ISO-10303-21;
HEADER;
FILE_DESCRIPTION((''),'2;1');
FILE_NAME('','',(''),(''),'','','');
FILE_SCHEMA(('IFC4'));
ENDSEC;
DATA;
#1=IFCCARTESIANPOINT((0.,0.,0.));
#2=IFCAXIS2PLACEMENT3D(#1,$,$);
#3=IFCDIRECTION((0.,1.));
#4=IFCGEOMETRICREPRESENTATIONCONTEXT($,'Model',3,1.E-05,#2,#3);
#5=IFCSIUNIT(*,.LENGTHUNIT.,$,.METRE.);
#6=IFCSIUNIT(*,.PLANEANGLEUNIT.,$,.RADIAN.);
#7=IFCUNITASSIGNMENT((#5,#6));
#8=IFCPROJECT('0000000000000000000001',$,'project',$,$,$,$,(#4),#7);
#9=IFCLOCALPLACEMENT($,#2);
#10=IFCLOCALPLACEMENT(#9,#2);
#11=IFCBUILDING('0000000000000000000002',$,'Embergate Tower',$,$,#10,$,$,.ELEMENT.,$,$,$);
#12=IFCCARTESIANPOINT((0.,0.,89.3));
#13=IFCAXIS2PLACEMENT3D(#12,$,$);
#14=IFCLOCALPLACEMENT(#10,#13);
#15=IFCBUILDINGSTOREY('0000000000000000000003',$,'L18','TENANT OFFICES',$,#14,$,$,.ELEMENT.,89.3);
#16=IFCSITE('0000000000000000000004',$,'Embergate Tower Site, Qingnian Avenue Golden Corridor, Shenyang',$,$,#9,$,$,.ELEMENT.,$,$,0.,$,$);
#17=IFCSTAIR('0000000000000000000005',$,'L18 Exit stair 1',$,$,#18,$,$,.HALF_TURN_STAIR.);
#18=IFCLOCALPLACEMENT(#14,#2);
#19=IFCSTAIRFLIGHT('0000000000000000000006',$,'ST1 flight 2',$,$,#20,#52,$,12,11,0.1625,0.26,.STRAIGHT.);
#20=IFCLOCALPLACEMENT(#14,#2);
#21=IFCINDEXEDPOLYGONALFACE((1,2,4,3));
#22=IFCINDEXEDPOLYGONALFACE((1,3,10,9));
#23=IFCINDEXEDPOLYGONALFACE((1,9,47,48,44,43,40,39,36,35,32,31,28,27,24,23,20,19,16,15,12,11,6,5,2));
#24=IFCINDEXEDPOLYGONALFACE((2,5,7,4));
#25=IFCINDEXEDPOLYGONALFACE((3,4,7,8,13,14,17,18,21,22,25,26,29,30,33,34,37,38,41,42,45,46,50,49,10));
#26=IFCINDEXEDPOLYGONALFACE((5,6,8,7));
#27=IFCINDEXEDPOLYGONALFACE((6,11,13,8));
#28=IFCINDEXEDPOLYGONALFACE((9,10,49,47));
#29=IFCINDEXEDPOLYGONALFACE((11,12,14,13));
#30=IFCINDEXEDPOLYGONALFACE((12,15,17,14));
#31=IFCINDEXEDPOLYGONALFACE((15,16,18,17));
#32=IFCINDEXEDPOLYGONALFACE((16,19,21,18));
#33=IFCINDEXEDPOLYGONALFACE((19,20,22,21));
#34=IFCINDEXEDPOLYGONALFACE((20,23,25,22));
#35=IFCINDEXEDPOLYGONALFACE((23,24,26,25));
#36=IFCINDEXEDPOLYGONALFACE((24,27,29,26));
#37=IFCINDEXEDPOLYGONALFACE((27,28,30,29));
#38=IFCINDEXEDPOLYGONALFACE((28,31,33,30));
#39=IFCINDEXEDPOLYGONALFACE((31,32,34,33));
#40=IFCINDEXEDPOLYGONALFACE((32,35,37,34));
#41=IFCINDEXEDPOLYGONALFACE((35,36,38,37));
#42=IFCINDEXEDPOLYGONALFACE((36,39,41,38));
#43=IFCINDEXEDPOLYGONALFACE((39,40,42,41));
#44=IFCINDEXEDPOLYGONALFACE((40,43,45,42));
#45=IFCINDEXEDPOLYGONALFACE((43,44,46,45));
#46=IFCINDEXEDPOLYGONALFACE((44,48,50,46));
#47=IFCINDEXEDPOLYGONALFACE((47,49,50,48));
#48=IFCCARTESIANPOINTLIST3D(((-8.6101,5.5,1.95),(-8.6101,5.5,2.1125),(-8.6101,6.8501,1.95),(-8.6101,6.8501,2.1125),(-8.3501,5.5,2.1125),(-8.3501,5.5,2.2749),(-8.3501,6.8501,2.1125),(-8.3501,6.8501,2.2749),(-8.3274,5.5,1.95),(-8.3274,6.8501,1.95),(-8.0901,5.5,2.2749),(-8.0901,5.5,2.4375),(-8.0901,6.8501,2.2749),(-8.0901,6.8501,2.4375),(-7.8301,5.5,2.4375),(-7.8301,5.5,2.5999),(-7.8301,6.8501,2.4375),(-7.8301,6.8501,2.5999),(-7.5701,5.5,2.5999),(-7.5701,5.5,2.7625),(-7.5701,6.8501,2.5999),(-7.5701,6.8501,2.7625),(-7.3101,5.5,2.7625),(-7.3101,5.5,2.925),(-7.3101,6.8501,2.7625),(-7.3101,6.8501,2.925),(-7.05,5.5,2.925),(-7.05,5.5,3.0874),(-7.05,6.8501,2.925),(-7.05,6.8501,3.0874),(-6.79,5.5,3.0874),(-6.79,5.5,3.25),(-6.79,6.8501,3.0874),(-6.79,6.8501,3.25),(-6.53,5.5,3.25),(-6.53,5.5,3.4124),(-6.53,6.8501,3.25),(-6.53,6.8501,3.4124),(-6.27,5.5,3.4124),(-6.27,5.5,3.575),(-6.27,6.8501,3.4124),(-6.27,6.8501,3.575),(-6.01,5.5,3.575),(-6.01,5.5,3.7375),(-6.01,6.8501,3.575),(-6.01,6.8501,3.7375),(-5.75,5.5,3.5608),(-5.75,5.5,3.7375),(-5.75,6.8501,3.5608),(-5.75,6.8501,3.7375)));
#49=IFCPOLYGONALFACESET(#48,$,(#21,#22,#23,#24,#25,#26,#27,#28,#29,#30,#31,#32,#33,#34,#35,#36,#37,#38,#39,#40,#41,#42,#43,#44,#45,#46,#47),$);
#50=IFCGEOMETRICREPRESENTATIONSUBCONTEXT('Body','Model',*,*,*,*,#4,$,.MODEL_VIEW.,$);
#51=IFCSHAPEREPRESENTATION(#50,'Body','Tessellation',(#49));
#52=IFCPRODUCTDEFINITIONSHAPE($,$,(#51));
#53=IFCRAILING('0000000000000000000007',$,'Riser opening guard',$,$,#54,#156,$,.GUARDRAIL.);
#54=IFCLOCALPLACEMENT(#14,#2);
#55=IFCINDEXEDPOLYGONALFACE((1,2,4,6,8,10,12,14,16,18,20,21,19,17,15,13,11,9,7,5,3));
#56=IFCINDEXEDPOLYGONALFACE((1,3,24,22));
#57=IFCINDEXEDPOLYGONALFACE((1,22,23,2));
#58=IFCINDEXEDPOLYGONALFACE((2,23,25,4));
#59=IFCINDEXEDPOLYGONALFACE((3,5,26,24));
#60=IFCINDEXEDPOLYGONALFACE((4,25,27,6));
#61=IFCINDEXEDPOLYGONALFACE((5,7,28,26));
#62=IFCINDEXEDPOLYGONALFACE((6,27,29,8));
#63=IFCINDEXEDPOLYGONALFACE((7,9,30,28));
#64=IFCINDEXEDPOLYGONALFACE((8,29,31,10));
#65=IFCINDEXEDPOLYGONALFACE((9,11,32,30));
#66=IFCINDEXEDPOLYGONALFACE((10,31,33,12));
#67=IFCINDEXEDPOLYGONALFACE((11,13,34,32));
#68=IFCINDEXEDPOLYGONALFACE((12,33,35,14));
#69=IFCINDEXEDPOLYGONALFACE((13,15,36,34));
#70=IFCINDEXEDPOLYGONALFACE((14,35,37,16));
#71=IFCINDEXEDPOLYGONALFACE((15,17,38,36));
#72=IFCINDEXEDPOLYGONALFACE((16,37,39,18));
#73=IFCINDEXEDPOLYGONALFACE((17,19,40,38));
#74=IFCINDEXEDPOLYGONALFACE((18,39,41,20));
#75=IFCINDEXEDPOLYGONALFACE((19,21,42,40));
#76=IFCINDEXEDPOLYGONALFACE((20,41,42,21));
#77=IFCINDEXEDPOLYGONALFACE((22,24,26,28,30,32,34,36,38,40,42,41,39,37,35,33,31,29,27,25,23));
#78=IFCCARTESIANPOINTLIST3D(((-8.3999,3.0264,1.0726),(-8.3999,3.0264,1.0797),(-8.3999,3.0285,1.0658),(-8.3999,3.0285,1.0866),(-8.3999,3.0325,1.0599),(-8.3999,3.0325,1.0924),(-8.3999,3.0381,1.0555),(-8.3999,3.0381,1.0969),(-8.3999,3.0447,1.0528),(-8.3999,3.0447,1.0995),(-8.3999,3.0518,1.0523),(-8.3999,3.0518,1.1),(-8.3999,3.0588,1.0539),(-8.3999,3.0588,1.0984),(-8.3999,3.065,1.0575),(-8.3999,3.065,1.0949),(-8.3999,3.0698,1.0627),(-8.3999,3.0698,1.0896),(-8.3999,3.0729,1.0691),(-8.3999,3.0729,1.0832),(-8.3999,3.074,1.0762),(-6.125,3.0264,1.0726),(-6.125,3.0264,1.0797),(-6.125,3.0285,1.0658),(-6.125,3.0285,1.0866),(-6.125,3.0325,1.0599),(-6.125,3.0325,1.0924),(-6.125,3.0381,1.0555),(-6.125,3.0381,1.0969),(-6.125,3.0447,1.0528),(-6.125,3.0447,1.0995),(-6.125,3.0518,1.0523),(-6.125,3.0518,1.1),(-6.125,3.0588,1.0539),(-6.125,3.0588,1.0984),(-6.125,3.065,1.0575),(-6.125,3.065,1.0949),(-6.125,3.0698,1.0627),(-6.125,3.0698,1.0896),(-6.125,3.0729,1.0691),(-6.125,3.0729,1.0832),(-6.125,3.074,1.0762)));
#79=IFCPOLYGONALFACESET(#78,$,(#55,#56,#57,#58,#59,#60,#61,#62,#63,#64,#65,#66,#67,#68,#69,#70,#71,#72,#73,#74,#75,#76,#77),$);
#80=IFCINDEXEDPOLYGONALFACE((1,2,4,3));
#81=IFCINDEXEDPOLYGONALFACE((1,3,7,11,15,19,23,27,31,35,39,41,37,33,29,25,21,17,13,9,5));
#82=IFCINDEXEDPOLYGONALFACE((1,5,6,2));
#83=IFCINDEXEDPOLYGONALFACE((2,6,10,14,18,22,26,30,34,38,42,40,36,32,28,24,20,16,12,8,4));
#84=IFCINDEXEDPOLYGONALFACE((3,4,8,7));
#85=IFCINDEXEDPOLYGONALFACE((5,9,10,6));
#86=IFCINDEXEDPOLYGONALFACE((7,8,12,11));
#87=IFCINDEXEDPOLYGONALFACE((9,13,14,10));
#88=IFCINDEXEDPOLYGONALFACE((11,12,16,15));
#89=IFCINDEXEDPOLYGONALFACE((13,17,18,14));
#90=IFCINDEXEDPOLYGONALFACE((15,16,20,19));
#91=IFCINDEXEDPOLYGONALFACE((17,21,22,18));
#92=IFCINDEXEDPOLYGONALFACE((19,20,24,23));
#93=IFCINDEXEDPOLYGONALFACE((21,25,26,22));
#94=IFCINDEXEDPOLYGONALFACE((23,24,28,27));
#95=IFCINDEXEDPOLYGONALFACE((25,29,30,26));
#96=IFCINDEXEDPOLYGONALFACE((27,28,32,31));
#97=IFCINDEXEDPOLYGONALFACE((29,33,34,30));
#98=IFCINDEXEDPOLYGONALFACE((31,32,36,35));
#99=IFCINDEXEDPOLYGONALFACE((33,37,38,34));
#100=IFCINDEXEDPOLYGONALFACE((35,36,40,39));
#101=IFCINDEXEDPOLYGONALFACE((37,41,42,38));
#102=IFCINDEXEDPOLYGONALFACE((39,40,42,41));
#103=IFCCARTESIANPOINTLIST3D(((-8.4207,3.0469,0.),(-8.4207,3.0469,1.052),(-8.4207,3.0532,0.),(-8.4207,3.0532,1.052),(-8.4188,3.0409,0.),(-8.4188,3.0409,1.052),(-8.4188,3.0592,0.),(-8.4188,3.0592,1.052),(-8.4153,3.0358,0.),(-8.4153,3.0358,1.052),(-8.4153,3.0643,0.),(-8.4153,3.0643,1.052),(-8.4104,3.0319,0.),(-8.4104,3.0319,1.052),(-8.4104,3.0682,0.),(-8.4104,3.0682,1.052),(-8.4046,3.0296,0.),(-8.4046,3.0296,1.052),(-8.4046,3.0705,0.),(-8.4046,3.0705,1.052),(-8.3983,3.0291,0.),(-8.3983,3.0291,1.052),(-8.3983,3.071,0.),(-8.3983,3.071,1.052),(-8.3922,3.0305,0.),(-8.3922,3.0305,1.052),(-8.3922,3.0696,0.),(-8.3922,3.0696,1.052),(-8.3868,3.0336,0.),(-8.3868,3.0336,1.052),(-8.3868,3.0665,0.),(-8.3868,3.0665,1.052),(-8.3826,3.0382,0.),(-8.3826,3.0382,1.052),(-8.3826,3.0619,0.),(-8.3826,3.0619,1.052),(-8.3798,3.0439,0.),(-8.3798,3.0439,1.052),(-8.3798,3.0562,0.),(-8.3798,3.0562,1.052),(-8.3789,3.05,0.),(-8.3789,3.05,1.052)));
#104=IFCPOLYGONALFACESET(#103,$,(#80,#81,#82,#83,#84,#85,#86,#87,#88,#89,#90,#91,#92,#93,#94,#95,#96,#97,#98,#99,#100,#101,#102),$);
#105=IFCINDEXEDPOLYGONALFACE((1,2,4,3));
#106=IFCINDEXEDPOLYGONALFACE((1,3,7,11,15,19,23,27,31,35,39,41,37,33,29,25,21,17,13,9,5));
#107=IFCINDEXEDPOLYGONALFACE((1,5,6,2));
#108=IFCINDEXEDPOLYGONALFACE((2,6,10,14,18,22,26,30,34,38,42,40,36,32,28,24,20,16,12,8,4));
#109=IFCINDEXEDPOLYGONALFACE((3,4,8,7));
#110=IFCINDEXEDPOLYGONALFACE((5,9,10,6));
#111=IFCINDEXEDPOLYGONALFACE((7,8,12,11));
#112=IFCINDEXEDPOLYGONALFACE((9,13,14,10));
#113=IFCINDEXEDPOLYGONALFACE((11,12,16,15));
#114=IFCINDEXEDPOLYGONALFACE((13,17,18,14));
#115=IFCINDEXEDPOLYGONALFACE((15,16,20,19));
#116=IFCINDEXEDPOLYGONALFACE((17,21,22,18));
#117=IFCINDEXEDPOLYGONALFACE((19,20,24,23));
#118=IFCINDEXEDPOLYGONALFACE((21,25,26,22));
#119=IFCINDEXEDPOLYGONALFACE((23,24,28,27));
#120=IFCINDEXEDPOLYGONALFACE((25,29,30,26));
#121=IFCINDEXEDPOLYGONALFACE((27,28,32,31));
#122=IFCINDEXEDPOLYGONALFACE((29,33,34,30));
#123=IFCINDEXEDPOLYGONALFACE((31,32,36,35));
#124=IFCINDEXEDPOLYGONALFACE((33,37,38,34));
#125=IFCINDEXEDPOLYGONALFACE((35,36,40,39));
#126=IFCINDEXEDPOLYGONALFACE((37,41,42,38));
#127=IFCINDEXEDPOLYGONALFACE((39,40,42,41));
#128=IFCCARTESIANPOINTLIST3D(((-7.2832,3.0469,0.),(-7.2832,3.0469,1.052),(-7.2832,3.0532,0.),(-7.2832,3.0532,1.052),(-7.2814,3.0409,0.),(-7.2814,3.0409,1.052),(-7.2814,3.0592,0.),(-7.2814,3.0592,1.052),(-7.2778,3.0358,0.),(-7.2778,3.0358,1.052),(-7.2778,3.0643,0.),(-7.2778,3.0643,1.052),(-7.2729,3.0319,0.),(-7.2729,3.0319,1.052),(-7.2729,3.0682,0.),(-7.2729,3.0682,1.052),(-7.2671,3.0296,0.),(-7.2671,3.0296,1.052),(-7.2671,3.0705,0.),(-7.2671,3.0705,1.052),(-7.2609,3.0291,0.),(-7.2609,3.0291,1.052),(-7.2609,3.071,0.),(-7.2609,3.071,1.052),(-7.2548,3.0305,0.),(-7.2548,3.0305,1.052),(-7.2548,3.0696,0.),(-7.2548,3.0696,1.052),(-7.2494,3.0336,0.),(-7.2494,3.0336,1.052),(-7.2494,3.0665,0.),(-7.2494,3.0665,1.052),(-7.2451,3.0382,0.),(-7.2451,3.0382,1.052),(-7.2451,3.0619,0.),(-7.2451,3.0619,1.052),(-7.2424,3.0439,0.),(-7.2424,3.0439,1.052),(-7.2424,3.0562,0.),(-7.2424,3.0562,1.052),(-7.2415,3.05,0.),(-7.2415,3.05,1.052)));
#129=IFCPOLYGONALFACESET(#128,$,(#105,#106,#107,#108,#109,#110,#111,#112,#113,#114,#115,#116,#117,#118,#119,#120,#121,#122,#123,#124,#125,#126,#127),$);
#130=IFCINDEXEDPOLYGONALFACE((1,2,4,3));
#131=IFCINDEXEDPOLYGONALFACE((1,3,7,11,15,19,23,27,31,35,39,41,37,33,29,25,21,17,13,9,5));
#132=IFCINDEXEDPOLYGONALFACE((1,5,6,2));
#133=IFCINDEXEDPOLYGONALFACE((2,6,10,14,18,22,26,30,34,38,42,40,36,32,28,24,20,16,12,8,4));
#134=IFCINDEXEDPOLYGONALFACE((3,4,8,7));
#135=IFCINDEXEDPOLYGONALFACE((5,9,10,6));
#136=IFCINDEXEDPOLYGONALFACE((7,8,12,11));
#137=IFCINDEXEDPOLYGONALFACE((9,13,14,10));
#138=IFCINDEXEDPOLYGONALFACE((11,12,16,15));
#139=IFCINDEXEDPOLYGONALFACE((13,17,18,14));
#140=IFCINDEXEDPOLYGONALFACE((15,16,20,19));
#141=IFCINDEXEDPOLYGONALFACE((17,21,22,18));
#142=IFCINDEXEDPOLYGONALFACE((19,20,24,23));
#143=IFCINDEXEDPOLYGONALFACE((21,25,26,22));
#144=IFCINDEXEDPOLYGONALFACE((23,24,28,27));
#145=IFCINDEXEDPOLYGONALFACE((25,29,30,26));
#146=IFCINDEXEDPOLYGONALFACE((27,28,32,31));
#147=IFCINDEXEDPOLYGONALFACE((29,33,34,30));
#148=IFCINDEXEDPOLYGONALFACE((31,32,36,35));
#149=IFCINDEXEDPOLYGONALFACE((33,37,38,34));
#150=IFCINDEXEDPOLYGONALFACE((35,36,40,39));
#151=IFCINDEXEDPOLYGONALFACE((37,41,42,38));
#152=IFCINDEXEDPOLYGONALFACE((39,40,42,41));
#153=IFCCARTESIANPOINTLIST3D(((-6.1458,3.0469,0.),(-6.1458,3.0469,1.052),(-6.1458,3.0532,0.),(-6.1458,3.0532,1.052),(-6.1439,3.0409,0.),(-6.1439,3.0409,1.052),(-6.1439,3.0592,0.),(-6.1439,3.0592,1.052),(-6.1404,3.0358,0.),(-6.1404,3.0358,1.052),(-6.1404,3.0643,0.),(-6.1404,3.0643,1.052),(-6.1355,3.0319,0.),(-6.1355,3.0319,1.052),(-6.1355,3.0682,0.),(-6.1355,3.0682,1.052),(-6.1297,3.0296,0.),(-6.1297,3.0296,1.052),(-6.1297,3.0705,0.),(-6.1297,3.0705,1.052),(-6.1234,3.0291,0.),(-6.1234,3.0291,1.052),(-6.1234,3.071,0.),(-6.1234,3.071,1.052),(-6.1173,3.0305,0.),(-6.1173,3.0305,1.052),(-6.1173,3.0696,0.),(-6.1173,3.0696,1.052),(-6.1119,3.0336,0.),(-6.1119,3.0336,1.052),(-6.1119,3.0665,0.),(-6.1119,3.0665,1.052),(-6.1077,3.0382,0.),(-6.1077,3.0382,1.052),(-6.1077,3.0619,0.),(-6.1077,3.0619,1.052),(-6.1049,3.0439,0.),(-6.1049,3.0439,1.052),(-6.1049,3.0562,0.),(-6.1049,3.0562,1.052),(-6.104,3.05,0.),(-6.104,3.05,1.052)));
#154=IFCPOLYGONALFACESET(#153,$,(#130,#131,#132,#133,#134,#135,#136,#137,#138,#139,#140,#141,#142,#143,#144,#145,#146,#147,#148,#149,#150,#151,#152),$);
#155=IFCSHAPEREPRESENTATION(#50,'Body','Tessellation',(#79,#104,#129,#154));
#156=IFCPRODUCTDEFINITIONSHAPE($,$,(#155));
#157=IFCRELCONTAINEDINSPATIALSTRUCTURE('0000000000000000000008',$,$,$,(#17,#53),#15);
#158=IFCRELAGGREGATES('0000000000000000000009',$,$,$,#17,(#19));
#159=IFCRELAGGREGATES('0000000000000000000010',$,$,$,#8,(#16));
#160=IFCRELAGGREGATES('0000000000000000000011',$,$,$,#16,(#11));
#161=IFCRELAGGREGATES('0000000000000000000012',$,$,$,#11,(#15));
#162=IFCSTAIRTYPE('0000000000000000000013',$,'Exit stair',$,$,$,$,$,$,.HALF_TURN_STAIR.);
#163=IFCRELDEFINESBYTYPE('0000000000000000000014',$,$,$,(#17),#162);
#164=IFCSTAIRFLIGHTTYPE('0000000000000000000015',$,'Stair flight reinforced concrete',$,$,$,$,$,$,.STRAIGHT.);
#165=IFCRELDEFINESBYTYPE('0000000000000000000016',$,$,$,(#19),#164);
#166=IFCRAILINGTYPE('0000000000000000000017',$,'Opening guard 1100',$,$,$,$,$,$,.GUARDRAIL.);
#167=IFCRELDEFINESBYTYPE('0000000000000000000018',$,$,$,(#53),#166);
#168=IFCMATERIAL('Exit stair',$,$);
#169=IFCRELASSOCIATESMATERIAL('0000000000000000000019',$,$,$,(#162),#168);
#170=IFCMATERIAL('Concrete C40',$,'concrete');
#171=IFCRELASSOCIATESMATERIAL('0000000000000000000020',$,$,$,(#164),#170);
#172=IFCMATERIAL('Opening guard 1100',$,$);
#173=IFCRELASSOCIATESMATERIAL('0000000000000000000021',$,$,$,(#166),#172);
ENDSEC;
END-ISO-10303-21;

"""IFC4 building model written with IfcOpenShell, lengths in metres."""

from ifc_helpers import new_model, si_unit, direction, frame, origin, origin_2d, place, context, subcontext, project, spatial, polyline, circle, outline, extrude, source, transform, mapped, material, type_object, element, aggregate, save


model = new_model("IFC4")

# Units and contexts
model_context = context("Model", 3, precision=1e-05, world=origin(), true_north=direction((0.0, 1.0)))
body_context = subcontext(model_context, "Body", "Model", "MODEL_VIEW")
ifc_project = project(units=[si_unit("LENGTHUNIT", "METRE"), si_unit("PLANEANGLEUNIT", "RADIAN")], contexts=[model_context])

# Site, building, storey
site_placement = place(None, origin())
site = spatial("IfcSite", under=ifc_project, at=site_placement, Name="Embergate Tower Site, Qingnian Avenue Golden Corridor, Shenyang", CompositionType="ELEMENT", RefElevation=0.0)
building_placement = place(site_placement, origin())
building = spatial("IfcBuilding", under=site, at=building_placement, Name="Embergate Tower", CompositionType="ELEMENT")
storey_placement = place(building_placement, frame((0.0, 0.0, 89.3)))
storey = spatial("IfcBuildingStorey", under=building, at=storey_placement, Name="L18", Description="TENANT OFFICES", CompositionType="ELEMENT", Elevation=89.3)

# Stair
ifc_material_1 = material(Name="Exit stair")
stair_type = type_object("IfcStairType", Name="Exit stair", PredefinedType="HALF_TURN_STAIR", material=ifc_material_1)
stair_placement = place(storey_placement, origin())
stair = element("IfcStair", 1, at=stair_placement, inside=storey, type_object=stair_type, Name="L18 Exit stair 1", PredefinedType="HALF_TURN_STAIR")
ifc_material_2 = material(Name="Concrete C40", Category="concrete")

# Stair flight
stair_flight_type = type_object("IfcStairFlightType", Name="Stair flight reinforced concrete", PredefinedType="STRAIGHT", material=ifc_material_2)
shared_shape_1 = source(origin(), body_context, "Body", "SweptSolid", [
    extrude(outline(polyline([(0.0, 0.0), (0.0, 0.1626), (0.26, 0.1626), (0.26, 0.325), (0.52, 0.325), (0.52, 0.4875), (0.78, 0.4875), (0.78, 0.6499), (1.04, 0.6499), (1.04, 0.8125), (1.3, 0.8125), (1.3, 0.9751), (1.5601, 0.9751), (1.5601, 1.1375), (1.8201, 1.1375), (1.8201, 1.3), (2.0801, 1.3), (2.0801, 1.4624), (2.3401, 1.4624), (2.3401, 1.625), (2.6001, 1.625), (2.6001, 1.7876), (2.8601, 1.7876), (2.8601, 1.95), (2.8601, 1.6108), (0.2827, 0.0), (0.0, 0.0)])), frame((0.0, 0.675, 0.0), z_axis=(0.0, -1.0, 0.0), x_axis=(1.0, 0.0, 0.0)), (0.0, 0.0, 1.0), 1.3501),
])
stair_flight_placement = place(storey_placement, frame((-8.6101, 6.175, 1.95), z_axis=(0.0, 0.0, 1.0), x_axis=(1.0, 0.0, 0.0)))
stair_flight = element("IfcStairFlight", 2, at=stair_flight_placement, type_object=stair_flight_type, Name="ST1 flight 2", NumberOfRisers=12, NumberOfTreads=11, PredefinedType="STRAIGHT", RiserHeight=0.1625, TreadLength=0.26, context=body_context, shape_type="MappedRepresentation", body=[
    mapped(shared_shape_1, transform((0.0, 0.0, 0.0))),
])
aggregate(stair, [stair_flight])

# Railing
ifc_material_3 = material(Name="Opening guard 1100")
railing_type = type_object("IfcRailingType", Name="Opening guard 1100", PredefinedType="GUARDRAIL", material=ifc_material_3)
shared_shape_2 = source(origin(), body_context, "Body", "SweptSolid", [
    extrude(circle(Radius=0.0239, at=origin_2d()), frame((0.0, 0.0, 1.0762), z_axis=(1.0, 0.0, 0.0), x_axis=(0.0, 1.0, 0.0)), (0.0, 0.0, 1.0), 2.2749),
    extrude(circle(Radius=0.021, at=origin_2d()), origin(), (0.0, 0.0, 1.0), 1.052),
    extrude(circle(Radius=0.021, at=origin_2d()), frame((1.1375, 0.0, 0.0)), (0.0, 0.0, 1.0), 1.052),
    extrude(circle(Radius=0.021, at=origin_2d()), frame((2.2749, 0.0, 0.0)), (0.0, 0.0, 1.0), 1.052),
])
railing_placement = place(storey_placement, frame((-8.3999, 3.05, 0.0)))
element("IfcRailing", 3, at=railing_placement, inside=storey, type_object=railing_type, Name="Riser opening guard", PredefinedType="GUARDRAIL", context=body_context, shape_type="MappedRepresentation", body=[
    mapped(shared_shape_2, transform((0.0, 0.0, 0.0))),
])

save(model, "model.ifc")
